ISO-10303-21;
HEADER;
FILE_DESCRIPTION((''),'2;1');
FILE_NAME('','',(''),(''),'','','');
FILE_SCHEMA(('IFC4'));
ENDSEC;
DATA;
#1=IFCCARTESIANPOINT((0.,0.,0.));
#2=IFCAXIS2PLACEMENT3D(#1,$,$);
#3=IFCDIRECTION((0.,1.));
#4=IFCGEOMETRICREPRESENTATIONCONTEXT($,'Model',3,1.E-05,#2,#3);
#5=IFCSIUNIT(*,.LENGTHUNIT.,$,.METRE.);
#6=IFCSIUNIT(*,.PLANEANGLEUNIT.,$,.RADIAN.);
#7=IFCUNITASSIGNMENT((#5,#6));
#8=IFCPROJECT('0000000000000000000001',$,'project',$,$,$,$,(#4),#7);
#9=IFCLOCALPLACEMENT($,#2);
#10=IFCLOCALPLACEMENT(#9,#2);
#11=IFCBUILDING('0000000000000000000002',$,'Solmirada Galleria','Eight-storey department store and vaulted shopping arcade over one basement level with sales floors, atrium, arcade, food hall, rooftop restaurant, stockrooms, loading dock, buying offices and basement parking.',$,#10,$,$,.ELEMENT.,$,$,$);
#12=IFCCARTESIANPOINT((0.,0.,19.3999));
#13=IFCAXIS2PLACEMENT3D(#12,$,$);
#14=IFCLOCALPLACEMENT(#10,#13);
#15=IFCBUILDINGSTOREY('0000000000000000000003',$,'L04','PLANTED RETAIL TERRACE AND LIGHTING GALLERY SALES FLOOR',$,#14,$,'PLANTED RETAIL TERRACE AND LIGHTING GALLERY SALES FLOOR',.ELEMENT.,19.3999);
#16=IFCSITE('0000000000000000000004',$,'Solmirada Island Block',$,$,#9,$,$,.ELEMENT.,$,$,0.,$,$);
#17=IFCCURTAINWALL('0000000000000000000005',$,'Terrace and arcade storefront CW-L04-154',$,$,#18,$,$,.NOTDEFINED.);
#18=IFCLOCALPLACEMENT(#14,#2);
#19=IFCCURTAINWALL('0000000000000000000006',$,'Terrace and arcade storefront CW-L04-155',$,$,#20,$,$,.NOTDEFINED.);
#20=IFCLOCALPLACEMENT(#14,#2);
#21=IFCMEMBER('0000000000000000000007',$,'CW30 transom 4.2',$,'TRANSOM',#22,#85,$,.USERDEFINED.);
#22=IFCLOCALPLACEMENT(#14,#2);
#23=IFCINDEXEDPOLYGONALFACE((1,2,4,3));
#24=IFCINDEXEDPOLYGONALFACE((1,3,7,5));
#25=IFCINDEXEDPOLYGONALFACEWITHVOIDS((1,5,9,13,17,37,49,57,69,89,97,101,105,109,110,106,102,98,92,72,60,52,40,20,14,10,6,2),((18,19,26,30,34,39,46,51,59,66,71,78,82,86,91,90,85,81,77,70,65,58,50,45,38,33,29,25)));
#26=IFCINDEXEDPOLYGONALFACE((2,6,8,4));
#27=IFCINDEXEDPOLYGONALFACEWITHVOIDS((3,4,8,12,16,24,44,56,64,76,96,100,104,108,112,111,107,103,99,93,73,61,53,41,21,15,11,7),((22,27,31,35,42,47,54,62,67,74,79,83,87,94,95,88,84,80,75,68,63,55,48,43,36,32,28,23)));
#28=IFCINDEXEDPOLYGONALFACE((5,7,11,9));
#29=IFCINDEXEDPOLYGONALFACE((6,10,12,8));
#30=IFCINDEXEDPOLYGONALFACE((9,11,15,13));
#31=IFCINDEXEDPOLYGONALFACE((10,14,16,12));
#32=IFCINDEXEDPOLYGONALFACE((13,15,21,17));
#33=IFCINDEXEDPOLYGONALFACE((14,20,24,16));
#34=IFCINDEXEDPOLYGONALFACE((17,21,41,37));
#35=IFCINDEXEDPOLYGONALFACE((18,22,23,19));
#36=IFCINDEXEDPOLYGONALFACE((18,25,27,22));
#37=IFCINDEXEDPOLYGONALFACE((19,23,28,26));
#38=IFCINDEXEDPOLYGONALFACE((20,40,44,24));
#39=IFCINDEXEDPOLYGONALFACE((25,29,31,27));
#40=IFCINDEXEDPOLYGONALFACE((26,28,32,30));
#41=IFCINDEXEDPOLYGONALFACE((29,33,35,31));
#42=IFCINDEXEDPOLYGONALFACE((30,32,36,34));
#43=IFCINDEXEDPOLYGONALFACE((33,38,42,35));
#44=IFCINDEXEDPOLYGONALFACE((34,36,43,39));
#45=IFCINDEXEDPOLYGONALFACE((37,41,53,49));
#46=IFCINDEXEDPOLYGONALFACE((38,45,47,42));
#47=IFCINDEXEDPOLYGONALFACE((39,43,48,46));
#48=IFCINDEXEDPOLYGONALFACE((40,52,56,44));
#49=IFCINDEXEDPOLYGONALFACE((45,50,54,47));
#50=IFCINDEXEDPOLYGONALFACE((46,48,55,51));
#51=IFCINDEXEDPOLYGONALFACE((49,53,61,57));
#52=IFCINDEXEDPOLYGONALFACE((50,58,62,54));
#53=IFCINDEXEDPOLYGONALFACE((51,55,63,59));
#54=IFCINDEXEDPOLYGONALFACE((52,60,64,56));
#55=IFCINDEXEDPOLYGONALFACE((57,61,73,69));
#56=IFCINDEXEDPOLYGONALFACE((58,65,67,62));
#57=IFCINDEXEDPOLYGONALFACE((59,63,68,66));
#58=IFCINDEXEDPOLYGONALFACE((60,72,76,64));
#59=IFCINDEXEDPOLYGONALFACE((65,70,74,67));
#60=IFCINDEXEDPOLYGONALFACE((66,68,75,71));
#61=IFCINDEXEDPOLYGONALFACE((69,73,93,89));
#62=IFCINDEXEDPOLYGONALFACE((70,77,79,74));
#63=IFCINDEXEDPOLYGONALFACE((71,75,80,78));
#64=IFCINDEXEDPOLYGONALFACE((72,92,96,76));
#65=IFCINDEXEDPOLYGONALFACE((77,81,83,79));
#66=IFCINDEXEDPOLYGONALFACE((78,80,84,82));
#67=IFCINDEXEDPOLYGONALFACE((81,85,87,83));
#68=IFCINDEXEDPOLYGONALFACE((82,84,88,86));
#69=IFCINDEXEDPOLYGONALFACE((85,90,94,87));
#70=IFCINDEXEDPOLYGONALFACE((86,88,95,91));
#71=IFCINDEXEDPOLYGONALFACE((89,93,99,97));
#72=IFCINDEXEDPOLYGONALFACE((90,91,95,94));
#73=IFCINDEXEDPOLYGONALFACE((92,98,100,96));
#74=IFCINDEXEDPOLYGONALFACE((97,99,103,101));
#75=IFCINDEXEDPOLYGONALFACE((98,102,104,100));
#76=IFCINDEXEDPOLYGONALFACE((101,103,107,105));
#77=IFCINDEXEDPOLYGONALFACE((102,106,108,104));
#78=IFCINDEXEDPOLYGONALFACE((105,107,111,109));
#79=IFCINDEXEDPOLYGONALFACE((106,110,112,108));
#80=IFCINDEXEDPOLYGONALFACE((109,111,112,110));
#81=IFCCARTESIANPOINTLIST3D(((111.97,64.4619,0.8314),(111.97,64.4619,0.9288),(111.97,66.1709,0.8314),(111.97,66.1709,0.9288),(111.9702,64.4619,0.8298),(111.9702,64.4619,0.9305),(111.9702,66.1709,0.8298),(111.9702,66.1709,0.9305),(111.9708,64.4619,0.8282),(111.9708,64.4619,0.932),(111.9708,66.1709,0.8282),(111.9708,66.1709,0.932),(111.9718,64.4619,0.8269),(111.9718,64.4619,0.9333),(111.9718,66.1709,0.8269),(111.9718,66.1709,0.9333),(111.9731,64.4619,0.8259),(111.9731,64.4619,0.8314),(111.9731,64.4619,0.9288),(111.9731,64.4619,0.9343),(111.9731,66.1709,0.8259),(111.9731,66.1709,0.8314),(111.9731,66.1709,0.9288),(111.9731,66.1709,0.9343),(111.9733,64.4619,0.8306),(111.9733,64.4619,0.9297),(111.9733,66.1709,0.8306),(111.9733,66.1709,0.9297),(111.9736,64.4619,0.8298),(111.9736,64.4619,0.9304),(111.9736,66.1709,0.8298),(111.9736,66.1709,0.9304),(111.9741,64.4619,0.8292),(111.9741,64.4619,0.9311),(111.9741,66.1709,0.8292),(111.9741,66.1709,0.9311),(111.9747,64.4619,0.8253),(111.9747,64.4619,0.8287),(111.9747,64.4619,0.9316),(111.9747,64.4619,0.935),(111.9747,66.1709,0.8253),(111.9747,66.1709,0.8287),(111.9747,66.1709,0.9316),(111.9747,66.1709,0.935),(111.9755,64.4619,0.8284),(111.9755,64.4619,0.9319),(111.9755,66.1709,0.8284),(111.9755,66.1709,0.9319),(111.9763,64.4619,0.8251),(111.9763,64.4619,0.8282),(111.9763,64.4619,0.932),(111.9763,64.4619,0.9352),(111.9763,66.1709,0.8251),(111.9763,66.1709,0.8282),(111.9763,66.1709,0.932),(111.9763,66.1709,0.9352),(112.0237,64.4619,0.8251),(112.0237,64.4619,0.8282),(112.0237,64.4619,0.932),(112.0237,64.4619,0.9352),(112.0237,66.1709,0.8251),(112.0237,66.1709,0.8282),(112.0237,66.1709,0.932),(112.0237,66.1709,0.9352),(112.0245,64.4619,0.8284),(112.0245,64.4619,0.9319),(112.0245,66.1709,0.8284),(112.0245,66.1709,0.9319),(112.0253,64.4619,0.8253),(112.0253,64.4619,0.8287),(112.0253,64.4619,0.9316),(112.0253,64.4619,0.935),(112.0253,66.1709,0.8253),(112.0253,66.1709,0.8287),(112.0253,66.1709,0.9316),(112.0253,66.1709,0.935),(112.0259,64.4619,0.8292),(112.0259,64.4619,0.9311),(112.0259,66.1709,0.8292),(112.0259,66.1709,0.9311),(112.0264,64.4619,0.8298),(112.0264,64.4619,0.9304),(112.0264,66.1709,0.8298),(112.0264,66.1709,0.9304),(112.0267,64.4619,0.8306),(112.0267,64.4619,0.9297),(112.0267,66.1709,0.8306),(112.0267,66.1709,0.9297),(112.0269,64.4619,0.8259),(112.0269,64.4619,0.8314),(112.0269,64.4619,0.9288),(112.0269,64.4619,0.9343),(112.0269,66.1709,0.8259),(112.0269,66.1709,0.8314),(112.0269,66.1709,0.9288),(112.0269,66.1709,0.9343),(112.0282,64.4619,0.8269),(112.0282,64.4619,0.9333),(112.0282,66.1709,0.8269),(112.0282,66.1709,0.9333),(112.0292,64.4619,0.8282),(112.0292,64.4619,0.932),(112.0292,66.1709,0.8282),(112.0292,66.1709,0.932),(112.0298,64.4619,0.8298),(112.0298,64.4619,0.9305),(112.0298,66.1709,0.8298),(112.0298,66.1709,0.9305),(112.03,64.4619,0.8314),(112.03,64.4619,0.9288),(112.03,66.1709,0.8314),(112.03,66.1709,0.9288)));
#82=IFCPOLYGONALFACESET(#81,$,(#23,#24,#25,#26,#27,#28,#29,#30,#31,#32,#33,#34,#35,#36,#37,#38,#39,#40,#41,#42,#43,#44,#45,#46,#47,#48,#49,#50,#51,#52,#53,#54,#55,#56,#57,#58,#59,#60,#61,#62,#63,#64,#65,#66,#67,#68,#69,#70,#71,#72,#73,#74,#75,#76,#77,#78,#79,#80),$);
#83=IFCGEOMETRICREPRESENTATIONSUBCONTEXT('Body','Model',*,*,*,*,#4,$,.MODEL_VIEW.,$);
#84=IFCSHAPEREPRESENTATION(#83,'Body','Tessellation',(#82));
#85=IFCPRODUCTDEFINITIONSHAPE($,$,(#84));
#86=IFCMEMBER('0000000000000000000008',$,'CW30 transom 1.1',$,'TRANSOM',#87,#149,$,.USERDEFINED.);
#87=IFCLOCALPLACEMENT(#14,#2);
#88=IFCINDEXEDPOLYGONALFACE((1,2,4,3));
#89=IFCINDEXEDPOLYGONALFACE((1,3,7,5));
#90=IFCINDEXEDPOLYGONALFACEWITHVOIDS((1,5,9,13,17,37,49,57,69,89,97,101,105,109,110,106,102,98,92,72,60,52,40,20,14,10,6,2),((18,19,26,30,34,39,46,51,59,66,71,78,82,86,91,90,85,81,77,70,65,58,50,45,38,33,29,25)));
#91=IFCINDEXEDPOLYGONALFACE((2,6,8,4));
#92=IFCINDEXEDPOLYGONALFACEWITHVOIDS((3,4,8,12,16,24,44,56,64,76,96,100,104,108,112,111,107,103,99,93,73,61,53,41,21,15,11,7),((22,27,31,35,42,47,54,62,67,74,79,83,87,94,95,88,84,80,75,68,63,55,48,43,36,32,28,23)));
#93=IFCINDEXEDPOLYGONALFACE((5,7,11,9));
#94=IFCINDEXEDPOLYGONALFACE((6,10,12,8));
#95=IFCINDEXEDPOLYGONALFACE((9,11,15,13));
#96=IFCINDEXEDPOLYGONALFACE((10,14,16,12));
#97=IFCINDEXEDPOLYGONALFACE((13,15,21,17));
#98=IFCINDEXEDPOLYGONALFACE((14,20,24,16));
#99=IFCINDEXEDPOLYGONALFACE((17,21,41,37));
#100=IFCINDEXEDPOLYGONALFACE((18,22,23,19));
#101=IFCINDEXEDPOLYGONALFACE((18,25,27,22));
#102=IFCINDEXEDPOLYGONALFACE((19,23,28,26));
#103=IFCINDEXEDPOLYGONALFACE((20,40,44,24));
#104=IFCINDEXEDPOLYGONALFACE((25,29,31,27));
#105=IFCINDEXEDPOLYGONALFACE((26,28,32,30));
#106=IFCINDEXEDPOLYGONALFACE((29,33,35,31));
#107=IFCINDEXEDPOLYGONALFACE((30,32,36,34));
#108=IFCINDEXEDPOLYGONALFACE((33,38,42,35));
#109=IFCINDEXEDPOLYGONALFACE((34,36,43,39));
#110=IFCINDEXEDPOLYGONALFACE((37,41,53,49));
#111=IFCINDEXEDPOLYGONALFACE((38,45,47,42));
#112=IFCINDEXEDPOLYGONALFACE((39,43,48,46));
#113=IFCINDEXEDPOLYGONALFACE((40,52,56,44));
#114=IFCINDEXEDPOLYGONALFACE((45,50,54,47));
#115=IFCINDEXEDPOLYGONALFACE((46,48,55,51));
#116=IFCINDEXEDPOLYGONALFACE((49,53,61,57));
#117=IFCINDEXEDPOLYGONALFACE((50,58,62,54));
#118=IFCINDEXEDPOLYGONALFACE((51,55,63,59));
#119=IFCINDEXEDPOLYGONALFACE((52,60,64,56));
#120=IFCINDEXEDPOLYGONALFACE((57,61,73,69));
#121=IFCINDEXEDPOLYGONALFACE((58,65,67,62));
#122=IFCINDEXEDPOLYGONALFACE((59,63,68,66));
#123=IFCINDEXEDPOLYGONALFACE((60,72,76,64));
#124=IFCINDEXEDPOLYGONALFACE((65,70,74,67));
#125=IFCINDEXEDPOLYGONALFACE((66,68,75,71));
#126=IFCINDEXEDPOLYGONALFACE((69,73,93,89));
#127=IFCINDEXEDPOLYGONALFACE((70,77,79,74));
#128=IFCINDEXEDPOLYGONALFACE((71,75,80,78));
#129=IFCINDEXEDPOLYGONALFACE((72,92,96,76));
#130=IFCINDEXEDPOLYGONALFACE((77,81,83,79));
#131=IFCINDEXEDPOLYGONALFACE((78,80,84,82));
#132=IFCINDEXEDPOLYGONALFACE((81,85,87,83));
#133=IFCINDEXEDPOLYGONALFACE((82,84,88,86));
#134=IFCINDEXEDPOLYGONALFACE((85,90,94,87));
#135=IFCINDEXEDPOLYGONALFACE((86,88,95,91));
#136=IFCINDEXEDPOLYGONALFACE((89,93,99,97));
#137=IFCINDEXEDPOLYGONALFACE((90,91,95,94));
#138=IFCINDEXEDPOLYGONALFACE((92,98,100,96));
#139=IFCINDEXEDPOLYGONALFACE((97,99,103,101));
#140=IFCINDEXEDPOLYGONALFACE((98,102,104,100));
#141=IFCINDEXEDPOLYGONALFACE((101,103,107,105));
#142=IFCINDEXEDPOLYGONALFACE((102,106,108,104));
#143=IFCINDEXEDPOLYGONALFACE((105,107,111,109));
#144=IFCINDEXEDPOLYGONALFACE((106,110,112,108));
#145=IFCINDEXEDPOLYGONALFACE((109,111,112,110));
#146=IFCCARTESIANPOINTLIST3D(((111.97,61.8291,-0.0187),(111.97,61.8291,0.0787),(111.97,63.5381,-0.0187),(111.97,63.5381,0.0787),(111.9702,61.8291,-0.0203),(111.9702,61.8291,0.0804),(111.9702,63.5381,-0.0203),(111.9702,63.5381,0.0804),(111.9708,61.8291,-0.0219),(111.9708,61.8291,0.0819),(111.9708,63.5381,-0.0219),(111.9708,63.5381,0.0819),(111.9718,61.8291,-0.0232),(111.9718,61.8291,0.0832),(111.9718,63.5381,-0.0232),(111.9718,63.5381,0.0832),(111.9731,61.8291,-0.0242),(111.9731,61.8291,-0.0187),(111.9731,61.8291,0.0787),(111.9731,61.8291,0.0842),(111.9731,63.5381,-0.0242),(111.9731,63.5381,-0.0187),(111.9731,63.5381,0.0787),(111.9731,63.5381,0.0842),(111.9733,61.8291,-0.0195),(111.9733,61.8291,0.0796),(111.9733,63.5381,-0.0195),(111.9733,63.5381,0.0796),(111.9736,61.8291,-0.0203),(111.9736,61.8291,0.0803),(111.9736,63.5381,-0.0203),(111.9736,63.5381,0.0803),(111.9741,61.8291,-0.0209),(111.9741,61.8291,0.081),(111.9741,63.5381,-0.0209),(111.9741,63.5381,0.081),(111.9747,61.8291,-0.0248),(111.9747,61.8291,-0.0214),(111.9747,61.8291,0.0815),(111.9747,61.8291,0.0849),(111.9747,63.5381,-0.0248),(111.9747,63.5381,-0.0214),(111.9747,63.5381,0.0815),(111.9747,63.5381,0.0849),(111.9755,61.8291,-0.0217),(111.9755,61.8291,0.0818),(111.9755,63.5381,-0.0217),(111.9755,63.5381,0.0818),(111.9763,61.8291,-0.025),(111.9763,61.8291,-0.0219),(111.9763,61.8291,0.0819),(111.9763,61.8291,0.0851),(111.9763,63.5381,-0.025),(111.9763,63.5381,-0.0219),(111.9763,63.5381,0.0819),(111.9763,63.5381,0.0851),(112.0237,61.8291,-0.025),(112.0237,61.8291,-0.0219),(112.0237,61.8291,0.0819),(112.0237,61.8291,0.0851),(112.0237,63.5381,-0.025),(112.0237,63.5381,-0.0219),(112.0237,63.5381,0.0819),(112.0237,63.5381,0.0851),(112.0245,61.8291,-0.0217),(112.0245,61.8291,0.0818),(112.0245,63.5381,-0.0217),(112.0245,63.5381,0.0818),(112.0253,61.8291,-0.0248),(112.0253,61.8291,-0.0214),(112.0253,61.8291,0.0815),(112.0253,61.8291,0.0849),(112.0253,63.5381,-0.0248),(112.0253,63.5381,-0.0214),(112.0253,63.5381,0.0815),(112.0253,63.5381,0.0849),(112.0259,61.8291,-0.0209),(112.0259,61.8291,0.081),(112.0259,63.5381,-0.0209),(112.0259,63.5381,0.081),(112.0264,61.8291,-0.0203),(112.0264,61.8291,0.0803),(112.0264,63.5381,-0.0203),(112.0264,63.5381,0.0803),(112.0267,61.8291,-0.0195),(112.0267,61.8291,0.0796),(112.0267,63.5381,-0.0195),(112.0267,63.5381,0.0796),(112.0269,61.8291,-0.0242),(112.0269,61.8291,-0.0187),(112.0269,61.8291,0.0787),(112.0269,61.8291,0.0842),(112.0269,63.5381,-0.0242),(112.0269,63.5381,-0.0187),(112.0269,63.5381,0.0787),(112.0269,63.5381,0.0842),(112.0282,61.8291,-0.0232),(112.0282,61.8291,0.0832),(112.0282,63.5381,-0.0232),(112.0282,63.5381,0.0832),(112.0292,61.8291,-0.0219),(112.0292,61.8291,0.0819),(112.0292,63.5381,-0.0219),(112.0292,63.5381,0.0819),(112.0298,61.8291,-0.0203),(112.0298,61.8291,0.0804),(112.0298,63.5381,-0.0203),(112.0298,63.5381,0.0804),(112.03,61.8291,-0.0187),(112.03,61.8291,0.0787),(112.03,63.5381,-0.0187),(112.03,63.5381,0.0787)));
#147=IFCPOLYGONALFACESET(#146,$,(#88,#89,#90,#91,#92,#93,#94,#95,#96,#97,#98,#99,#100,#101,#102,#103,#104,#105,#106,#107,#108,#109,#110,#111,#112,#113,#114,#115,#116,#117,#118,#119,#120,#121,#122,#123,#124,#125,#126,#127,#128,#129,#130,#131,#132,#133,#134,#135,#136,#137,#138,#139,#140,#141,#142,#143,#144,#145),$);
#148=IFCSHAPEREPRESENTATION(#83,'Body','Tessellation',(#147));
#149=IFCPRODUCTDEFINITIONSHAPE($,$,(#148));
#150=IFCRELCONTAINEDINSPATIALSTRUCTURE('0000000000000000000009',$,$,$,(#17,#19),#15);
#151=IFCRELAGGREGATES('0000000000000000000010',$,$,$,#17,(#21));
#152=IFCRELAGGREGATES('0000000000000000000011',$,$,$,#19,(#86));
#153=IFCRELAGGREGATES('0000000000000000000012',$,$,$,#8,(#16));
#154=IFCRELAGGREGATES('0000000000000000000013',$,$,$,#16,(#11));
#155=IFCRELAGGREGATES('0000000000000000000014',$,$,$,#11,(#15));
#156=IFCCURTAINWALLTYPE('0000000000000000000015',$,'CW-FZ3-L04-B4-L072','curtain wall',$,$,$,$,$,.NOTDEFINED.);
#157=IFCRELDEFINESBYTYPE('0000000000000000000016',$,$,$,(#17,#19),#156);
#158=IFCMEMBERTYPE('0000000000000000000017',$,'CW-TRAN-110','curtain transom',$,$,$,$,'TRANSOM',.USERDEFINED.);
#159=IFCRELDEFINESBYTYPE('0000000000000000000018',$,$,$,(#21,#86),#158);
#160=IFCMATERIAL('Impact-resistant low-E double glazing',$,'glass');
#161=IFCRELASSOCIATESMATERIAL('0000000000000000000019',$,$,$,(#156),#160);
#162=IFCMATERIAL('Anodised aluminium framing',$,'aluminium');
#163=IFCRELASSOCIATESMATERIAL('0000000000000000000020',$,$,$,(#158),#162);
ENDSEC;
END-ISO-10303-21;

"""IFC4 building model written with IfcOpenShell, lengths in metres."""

from ifc_helpers import new_model, si_unit, direction, frame, origin, origin_2d, place, context, subcontext, project, spatial, hollow_rectangle, extrude, material, material_profile, profile_set, type_object, element, aggregate, save


model = new_model("IFC4")

# Units and contexts
model_context = context("Model", 3, precision=1e-05, world=origin(), true_north=direction((0.0, 1.0)))
body_context = subcontext(model_context, "Body", "Model", "MODEL_VIEW")
ifc_project = project(units=[si_unit("LENGTHUNIT", "METRE"), si_unit("PLANEANGLEUNIT", "RADIAN")], contexts=[model_context])

# Site, building, storey
site_placement = place(None, origin())
site = spatial("IfcSite", under=ifc_project, at=site_placement, Name="Solmirada Island Block", CompositionType="ELEMENT", RefElevation=0.0)
building_placement = place(site_placement, origin())
building = spatial("IfcBuilding", under=site, at=building_placement, Name="Solmirada Galleria", Description="Eight-storey department store and vaulted shopping arcade over one basement level with sales floors, atrium, arcade, food hall, rooftop restaurant, stockrooms, loading dock, buying offices and basement parking.", CompositionType="ELEMENT")
storey_placement = place(building_placement, frame((0.0, 0.0, 19.3999)))
storey = spatial("IfcBuildingStorey", under=building, at=storey_placement, Name="L04", Description="PLANTED RETAIL TERRACE AND LIGHTING GALLERY SALES FLOOR", LongName="PLANTED RETAIL TERRACE AND LIGHTING GALLERY SALES FLOOR", CompositionType="ELEMENT", Elevation=19.3999)

# Curtain wall
ifc_material_1 = material(Name="Impact-resistant low-E double glazing", Category="glass")
curtain_wall_type = type_object("IfcCurtainWallType", Name="CW-FZ3-L04-B4-L072", Description="curtain wall", PredefinedType="NOTDEFINED", material=ifc_material_1)
curtain_wall_1_placement = place(storey_placement, origin())
curtain_wall_1 = element("IfcCurtainWall", 1, at=curtain_wall_1_placement, inside=storey, type_object=curtain_wall_type, Name="Terrace and arcade storefront CW-L04-154", PredefinedType="NOTDEFINED")
ifc_material_2 = material(Name="Anodised aluminium framing", Category="aluminium")

# Curtain wall
curtain_wall_2_placement = place(storey_placement, origin())
curtain_wall_2 = element("IfcCurtainWall", 2, at=curtain_wall_2_placement, inside=storey, type_object=curtain_wall_type, Name="Terrace and arcade storefront CW-L04-155", PredefinedType="NOTDEFINED")

# Members
ifc_material_profile_1 = material_profile(ifc_material_2, hollow_rectangle(XDim=0.0601, YDim=0.1101, WallThickness=0.0032, InnerFilletRadius=0.0032, OuterFilletRadius=0.0063, at=origin_2d()), Name="ALU-TRAN-110X60")
ifc_profile_set_1 = profile_set([ifc_material_profile_1], Name="Anodised aluminium framing")
member_type_1 = type_object("IfcMemberType", Name="CW-TRAN-110", Description="curtain transom", ElementType="TRANSOM", PredefinedType="USERDEFINED", material=ifc_profile_set_1)
member_1_placement = place(storey_placement, frame((112.0, 66.1709, 0.8801), z_axis=(0.0, -1.0, 0.0), x_axis=(1.0, 0.0, 0.0)))
member_1 = element("IfcMember", 3, at=member_1_placement, type_object=member_type_1, Name="CW30 transom 4.2", ObjectType="TRANSOM", PredefinedType="USERDEFINED", context=body_context, shape_type="SweptSolid", body=[
    extrude(hollow_rectangle(XDim=0.0601, YDim=0.1101, WallThickness=0.0032, InnerFilletRadius=0.0032, OuterFilletRadius=0.0063, at=origin_2d()), origin(), (0.0, 0.0, 1.0), 1.709),
])
member_2_placement = place(storey_placement, frame((112.0, 63.5381, 0.03), z_axis=(0.0, -1.0, 0.0), x_axis=(1.0, 0.0, 0.0)))
member_2 = element("IfcMember", 4, at=member_2_placement, type_object=member_type_1, Name="CW30 transom 1.1", ObjectType="TRANSOM", PredefinedType="USERDEFINED", context=body_context, shape_type="SweptSolid", body=[
    extrude(hollow_rectangle(XDim=0.0601, YDim=0.1101, WallThickness=0.0032, InnerFilletRadius=0.0032, OuterFilletRadius=0.0063, at=origin_2d()), origin(), (0.0, 0.0, 1.0), 1.709),
])

aggregate(curtain_wall_1, [member_1])
aggregate(curtain_wall_2, [member_2])

save(model, "model.ifc")
